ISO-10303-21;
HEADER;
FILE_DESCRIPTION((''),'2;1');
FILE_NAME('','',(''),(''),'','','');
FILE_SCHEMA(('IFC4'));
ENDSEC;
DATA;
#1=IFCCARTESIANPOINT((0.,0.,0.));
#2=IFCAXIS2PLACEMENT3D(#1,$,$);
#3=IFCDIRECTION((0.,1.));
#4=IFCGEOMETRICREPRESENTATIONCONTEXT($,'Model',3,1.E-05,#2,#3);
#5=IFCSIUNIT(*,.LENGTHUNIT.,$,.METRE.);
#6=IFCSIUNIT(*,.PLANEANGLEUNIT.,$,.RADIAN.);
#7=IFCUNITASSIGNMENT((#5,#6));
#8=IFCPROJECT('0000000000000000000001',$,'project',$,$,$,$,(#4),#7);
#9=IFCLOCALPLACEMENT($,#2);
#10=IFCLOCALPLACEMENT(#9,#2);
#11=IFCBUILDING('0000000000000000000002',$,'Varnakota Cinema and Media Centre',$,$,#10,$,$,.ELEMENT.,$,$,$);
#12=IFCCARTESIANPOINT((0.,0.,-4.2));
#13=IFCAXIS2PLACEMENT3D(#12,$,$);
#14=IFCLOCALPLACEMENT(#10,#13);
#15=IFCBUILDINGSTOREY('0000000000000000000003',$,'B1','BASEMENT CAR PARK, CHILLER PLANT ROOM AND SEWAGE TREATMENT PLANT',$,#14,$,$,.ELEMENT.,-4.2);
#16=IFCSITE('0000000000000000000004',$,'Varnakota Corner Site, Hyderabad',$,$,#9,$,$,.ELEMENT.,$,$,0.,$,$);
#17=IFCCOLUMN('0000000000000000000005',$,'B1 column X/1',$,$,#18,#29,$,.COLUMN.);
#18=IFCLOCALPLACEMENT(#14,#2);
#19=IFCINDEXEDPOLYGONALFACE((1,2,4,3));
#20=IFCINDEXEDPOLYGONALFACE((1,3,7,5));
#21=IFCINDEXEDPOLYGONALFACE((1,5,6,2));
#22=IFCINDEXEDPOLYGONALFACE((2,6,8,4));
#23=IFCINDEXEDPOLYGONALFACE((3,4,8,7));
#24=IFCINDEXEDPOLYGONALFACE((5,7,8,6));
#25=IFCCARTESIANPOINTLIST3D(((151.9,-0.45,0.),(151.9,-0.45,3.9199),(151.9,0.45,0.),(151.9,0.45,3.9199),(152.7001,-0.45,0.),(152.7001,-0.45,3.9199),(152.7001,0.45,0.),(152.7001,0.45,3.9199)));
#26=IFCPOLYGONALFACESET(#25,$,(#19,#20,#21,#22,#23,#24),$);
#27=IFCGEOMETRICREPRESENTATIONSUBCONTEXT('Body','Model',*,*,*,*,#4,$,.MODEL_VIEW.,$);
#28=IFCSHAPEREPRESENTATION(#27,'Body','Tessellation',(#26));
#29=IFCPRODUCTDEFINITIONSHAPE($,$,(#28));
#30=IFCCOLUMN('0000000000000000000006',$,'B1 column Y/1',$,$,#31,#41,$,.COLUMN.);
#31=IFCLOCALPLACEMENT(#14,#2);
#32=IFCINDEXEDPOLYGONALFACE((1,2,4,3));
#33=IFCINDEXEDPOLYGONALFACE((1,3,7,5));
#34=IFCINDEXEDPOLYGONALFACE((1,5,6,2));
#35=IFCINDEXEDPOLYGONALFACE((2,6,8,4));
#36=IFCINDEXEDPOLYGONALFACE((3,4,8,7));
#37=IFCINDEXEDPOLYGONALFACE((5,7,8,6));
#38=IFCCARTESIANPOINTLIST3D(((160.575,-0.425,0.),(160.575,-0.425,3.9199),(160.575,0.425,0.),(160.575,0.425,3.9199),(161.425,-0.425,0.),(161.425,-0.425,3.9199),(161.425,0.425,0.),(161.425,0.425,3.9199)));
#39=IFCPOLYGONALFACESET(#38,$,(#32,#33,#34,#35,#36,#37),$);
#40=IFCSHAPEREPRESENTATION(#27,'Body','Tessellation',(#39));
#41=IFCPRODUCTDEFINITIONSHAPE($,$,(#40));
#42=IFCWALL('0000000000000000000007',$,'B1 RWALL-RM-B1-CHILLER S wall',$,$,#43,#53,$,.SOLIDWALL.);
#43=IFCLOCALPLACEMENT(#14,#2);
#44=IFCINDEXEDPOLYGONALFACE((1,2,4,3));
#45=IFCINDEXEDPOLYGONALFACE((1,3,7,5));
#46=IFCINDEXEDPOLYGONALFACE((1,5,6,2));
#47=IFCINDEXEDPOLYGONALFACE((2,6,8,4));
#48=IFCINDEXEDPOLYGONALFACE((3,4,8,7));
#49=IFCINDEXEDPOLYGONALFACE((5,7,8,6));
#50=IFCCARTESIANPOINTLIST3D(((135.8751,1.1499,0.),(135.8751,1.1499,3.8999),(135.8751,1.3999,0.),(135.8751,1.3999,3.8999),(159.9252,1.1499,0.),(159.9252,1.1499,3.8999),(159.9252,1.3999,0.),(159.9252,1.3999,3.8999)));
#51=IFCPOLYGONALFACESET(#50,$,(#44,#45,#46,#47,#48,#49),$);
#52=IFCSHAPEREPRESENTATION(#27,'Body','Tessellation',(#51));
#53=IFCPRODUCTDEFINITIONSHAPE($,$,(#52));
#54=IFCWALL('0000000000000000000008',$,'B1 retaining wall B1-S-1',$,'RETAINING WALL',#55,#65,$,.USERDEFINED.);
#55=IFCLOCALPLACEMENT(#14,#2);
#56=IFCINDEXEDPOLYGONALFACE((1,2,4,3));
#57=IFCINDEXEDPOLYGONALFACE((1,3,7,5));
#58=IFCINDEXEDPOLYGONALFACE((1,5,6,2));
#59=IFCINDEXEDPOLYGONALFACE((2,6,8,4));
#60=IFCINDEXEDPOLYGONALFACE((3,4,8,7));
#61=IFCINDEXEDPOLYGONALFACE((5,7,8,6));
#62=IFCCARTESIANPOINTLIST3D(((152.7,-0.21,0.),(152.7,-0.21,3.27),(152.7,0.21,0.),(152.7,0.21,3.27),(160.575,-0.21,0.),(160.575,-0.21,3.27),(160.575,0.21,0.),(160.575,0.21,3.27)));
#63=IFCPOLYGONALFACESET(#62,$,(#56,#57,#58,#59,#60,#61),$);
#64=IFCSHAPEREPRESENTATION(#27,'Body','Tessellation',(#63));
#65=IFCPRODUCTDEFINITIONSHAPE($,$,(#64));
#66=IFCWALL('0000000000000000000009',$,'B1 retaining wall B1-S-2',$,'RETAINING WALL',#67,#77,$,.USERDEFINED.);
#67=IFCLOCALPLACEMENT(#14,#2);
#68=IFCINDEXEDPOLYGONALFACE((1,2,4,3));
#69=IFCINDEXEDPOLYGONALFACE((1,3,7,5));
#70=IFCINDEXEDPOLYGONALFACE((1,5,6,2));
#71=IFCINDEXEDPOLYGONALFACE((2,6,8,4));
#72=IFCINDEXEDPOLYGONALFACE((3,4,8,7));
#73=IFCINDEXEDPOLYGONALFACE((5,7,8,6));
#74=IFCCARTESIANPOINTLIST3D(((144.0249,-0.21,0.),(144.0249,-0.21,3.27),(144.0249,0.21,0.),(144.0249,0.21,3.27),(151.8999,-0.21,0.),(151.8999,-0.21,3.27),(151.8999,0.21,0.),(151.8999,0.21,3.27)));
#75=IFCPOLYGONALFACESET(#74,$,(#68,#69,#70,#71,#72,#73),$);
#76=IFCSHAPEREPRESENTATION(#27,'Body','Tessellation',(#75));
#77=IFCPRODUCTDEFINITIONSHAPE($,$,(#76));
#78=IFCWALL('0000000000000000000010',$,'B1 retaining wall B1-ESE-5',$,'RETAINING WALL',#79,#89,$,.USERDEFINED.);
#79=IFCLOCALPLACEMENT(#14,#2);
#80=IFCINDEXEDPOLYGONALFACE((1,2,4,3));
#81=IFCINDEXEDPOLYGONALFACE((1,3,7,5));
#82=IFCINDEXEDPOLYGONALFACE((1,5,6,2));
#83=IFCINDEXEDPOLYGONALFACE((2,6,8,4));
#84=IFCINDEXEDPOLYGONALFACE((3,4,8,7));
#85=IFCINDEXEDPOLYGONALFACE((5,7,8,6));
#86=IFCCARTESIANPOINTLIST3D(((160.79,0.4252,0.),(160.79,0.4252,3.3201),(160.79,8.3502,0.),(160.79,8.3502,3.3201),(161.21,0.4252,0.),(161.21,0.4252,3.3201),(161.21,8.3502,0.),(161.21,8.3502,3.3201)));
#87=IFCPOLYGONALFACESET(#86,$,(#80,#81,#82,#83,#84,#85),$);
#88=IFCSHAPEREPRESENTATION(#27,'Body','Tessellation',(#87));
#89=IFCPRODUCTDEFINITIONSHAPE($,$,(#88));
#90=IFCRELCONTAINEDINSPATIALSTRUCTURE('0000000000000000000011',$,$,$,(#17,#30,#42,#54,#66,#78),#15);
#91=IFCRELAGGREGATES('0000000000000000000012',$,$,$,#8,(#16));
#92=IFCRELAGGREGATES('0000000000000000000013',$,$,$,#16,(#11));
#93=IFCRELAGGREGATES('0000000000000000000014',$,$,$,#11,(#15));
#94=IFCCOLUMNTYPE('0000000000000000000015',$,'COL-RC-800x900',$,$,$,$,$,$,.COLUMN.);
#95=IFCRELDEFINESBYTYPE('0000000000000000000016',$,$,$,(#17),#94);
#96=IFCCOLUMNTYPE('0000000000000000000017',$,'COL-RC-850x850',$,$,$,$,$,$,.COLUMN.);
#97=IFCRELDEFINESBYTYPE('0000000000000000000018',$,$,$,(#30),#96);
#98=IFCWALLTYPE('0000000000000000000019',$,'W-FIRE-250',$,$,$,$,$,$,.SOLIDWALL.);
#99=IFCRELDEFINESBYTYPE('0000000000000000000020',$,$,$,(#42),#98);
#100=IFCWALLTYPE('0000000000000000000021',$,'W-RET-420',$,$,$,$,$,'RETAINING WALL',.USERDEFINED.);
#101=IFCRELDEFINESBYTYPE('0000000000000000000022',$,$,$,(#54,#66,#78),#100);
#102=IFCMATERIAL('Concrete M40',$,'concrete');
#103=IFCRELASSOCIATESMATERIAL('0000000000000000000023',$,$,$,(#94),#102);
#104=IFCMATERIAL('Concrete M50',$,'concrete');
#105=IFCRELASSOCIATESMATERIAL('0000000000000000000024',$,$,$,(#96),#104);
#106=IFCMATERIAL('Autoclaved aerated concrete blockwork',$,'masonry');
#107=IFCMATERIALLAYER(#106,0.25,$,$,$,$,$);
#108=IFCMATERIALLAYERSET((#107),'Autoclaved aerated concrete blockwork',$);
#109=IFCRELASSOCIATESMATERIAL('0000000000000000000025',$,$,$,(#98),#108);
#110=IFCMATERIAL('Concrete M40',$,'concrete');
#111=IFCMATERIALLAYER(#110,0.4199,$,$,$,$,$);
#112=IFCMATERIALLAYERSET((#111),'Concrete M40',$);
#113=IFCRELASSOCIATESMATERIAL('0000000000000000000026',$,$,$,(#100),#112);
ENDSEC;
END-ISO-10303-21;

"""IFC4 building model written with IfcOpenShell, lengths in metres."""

from ifc_helpers import new_model, si_unit, direction, frame, frame_2d, origin, origin_2d, place, context, subcontext, project, spatial, rectangle, extrude, material, layer, layer_set, material_profile, profile_set, type_object, element, save


model = new_model("IFC4")

# Units and contexts
model_context = context("Model", 3, precision=1e-05, world=origin(), true_north=direction((0.0, 1.0)))
body_context = subcontext(model_context, "Body", "Model", "MODEL_VIEW")
ifc_project = project(units=[si_unit("LENGTHUNIT", "METRE"), si_unit("PLANEANGLEUNIT", "RADIAN")], contexts=[model_context])

# Site, building, storey
site_placement = place(None, origin())
site = spatial("IfcSite", under=ifc_project, at=site_placement, Name="Varnakota Corner Site, Hyderabad", CompositionType="ELEMENT", RefElevation=0.0)
building_placement = place(site_placement, origin())
building = spatial("IfcBuilding", under=site, at=building_placement, Name="Varnakota Cinema and Media Centre", CompositionType="ELEMENT")
storey_placement = place(building_placement, frame((0.0, 0.0, -4.2)))
storey = spatial("IfcBuildingStorey", under=building, at=storey_placement, Name="B1", Description="BASEMENT CAR PARK, CHILLER PLANT ROOM AND SEWAGE TREATMENT PLANT", CompositionType="ELEMENT", Elevation=-4.2)

# Columns
ifc_material_1 = material(Name="Concrete M40", Category="concrete")
ifc_material_profile_1 = material_profile(ifc_material_1, rectangle(XDim=0.8, YDim=0.8999, at=origin_2d()), Name="RC 800x900")
ifc_profile_set_1 = profile_set([ifc_material_profile_1], Name="Concrete M40")
column_type_1 = type_object("IfcColumnType", Name="COL-RC-800x900", PredefinedType="COLUMN", material=ifc_profile_set_1)
column_1_placement = place(storey_placement, frame((152.3, 0.0, 0.0), z_axis=(0.0, 0.0, 1.0), x_axis=(1.0, 0.0, 0.0)))
element("IfcColumn", 1, at=column_1_placement, inside=storey, type_object=column_type_1, Name="B1 column X/1", PredefinedType="COLUMN", context=body_context, shape_type="SweptSolid", body=[
    extrude(rectangle(XDim=0.8, YDim=0.8999, at=origin_2d()), origin(), (0.0, 0.0, 1.0), 3.9199),
])
ifc_material_2 = material(Name="Concrete M50", Category="concrete")
ifc_material_profile_2 = material_profile(ifc_material_2, rectangle(XDim=0.8501, YDim=0.8501, at=origin_2d()), Name="RC 850x850")
ifc_profile_set_2 = profile_set([ifc_material_profile_2], Name="Concrete M50")
column_type_2 = type_object("IfcColumnType", Name="COL-RC-850x850", PredefinedType="COLUMN", material=ifc_profile_set_2)
column_2_placement = place(storey_placement, frame((161.0, 0.0, 0.0), z_axis=(0.0, 0.0, 1.0), x_axis=(1.0, 0.0, 0.0)))
element("IfcColumn", 2, at=column_2_placement, inside=storey, type_object=column_type_2, Name="B1 column Y/1", PredefinedType="COLUMN", context=body_context, shape_type="SweptSolid", body=[
    extrude(rectangle(XDim=0.8501, YDim=0.8501, at=origin_2d()), origin(), (0.0, 0.0, 1.0), 3.9199),
])

# Walls
ifc_material_3 = material(Name="Autoclaved aerated concrete blockwork", Category="masonry")
ifc_layer_1 = layer(ifc_material_3, 0.25)
ifc_layer_set_1 = layer_set([ifc_layer_1], Name="Autoclaved aerated concrete blockwork")
wall_type_1 = type_object("IfcWallType", Name="W-FIRE-250", PredefinedType="SOLIDWALL", material=ifc_layer_set_1)
wall_1_placement = place(storey_placement, frame((159.925, 1.2749, 0.0), z_axis=(0.0, 0.0, 1.0), x_axis=(-1.0, 0.0, 0.0)))
element("IfcWall", 3, at=wall_1_placement, inside=storey, type_object=wall_type_1, Name="B1 RWALL-RM-B1-CHILLER S wall", PredefinedType="SOLIDWALL", context=body_context, shape_type="SweptSolid", body=[
    extrude(rectangle(XDim=24.05, YDim=0.25, at=frame_2d((12.0249, 0.0))), origin(), (0.0, 0.0, 1.0), 3.8999),
])
ifc_material_4 = material(Name="Concrete M40", Category="concrete")
ifc_layer_2 = layer(ifc_material_4, 0.4199)
ifc_layer_set_2 = layer_set([ifc_layer_2], Name="Concrete M40")
wall_type_2 = type_object("IfcWallType", Name="W-RET-420", ElementType="RETAINING WALL", PredefinedType="USERDEFINED", material=ifc_layer_set_2)
for number, where, z_axis, x_axis, name in (
    (4, (160.575, 0.0, 0.0), (0.0, 0.0, 1.0), (-1.0, 0.0, 0.0), "B1 retaining wall B1-S-1"),
    (5, (151.8999, 0.0, 0.0), (0.0, 0.0, 1.0), (-1.0, 0.0, 0.0), "B1 retaining wall B1-S-2"),
):
    element("IfcWall", number, at=place(storey_placement, frame(where, z_axis=z_axis, x_axis=x_axis)), inside=storey, type_object=wall_type_2, Name=name, ObjectType="RETAINING WALL", PredefinedType="USERDEFINED", context=body_context, shape_type="SweptSolid", body=[
        extrude(rectangle(XDim=7.875, YDim=0.4199, at=frame_2d((3.9375, 0.0))), origin(), (0.0, 0.0, 1.0), 3.27),
    ])
wall_2_placement = place(storey_placement, frame((161.0, 8.3501, 0.0), z_axis=(0.0, 0.0, 1.0), x_axis=(0.0, -1.0, 0.0)))
element("IfcWall", 6, at=wall_2_placement, inside=storey, type_object=wall_type_2, Name="B1 retaining wall B1-ESE-5", ObjectType="RETAINING WALL", PredefinedType="USERDEFINED", context=body_context, shape_type="SweptSolid", body=[
    extrude(rectangle(XDim=7.925, YDim=0.4199, at=frame_2d((3.9624, 0.0))), origin(), (0.0, 0.0, 1.0), 3.3201),
])

save(model, "model.ifc")
